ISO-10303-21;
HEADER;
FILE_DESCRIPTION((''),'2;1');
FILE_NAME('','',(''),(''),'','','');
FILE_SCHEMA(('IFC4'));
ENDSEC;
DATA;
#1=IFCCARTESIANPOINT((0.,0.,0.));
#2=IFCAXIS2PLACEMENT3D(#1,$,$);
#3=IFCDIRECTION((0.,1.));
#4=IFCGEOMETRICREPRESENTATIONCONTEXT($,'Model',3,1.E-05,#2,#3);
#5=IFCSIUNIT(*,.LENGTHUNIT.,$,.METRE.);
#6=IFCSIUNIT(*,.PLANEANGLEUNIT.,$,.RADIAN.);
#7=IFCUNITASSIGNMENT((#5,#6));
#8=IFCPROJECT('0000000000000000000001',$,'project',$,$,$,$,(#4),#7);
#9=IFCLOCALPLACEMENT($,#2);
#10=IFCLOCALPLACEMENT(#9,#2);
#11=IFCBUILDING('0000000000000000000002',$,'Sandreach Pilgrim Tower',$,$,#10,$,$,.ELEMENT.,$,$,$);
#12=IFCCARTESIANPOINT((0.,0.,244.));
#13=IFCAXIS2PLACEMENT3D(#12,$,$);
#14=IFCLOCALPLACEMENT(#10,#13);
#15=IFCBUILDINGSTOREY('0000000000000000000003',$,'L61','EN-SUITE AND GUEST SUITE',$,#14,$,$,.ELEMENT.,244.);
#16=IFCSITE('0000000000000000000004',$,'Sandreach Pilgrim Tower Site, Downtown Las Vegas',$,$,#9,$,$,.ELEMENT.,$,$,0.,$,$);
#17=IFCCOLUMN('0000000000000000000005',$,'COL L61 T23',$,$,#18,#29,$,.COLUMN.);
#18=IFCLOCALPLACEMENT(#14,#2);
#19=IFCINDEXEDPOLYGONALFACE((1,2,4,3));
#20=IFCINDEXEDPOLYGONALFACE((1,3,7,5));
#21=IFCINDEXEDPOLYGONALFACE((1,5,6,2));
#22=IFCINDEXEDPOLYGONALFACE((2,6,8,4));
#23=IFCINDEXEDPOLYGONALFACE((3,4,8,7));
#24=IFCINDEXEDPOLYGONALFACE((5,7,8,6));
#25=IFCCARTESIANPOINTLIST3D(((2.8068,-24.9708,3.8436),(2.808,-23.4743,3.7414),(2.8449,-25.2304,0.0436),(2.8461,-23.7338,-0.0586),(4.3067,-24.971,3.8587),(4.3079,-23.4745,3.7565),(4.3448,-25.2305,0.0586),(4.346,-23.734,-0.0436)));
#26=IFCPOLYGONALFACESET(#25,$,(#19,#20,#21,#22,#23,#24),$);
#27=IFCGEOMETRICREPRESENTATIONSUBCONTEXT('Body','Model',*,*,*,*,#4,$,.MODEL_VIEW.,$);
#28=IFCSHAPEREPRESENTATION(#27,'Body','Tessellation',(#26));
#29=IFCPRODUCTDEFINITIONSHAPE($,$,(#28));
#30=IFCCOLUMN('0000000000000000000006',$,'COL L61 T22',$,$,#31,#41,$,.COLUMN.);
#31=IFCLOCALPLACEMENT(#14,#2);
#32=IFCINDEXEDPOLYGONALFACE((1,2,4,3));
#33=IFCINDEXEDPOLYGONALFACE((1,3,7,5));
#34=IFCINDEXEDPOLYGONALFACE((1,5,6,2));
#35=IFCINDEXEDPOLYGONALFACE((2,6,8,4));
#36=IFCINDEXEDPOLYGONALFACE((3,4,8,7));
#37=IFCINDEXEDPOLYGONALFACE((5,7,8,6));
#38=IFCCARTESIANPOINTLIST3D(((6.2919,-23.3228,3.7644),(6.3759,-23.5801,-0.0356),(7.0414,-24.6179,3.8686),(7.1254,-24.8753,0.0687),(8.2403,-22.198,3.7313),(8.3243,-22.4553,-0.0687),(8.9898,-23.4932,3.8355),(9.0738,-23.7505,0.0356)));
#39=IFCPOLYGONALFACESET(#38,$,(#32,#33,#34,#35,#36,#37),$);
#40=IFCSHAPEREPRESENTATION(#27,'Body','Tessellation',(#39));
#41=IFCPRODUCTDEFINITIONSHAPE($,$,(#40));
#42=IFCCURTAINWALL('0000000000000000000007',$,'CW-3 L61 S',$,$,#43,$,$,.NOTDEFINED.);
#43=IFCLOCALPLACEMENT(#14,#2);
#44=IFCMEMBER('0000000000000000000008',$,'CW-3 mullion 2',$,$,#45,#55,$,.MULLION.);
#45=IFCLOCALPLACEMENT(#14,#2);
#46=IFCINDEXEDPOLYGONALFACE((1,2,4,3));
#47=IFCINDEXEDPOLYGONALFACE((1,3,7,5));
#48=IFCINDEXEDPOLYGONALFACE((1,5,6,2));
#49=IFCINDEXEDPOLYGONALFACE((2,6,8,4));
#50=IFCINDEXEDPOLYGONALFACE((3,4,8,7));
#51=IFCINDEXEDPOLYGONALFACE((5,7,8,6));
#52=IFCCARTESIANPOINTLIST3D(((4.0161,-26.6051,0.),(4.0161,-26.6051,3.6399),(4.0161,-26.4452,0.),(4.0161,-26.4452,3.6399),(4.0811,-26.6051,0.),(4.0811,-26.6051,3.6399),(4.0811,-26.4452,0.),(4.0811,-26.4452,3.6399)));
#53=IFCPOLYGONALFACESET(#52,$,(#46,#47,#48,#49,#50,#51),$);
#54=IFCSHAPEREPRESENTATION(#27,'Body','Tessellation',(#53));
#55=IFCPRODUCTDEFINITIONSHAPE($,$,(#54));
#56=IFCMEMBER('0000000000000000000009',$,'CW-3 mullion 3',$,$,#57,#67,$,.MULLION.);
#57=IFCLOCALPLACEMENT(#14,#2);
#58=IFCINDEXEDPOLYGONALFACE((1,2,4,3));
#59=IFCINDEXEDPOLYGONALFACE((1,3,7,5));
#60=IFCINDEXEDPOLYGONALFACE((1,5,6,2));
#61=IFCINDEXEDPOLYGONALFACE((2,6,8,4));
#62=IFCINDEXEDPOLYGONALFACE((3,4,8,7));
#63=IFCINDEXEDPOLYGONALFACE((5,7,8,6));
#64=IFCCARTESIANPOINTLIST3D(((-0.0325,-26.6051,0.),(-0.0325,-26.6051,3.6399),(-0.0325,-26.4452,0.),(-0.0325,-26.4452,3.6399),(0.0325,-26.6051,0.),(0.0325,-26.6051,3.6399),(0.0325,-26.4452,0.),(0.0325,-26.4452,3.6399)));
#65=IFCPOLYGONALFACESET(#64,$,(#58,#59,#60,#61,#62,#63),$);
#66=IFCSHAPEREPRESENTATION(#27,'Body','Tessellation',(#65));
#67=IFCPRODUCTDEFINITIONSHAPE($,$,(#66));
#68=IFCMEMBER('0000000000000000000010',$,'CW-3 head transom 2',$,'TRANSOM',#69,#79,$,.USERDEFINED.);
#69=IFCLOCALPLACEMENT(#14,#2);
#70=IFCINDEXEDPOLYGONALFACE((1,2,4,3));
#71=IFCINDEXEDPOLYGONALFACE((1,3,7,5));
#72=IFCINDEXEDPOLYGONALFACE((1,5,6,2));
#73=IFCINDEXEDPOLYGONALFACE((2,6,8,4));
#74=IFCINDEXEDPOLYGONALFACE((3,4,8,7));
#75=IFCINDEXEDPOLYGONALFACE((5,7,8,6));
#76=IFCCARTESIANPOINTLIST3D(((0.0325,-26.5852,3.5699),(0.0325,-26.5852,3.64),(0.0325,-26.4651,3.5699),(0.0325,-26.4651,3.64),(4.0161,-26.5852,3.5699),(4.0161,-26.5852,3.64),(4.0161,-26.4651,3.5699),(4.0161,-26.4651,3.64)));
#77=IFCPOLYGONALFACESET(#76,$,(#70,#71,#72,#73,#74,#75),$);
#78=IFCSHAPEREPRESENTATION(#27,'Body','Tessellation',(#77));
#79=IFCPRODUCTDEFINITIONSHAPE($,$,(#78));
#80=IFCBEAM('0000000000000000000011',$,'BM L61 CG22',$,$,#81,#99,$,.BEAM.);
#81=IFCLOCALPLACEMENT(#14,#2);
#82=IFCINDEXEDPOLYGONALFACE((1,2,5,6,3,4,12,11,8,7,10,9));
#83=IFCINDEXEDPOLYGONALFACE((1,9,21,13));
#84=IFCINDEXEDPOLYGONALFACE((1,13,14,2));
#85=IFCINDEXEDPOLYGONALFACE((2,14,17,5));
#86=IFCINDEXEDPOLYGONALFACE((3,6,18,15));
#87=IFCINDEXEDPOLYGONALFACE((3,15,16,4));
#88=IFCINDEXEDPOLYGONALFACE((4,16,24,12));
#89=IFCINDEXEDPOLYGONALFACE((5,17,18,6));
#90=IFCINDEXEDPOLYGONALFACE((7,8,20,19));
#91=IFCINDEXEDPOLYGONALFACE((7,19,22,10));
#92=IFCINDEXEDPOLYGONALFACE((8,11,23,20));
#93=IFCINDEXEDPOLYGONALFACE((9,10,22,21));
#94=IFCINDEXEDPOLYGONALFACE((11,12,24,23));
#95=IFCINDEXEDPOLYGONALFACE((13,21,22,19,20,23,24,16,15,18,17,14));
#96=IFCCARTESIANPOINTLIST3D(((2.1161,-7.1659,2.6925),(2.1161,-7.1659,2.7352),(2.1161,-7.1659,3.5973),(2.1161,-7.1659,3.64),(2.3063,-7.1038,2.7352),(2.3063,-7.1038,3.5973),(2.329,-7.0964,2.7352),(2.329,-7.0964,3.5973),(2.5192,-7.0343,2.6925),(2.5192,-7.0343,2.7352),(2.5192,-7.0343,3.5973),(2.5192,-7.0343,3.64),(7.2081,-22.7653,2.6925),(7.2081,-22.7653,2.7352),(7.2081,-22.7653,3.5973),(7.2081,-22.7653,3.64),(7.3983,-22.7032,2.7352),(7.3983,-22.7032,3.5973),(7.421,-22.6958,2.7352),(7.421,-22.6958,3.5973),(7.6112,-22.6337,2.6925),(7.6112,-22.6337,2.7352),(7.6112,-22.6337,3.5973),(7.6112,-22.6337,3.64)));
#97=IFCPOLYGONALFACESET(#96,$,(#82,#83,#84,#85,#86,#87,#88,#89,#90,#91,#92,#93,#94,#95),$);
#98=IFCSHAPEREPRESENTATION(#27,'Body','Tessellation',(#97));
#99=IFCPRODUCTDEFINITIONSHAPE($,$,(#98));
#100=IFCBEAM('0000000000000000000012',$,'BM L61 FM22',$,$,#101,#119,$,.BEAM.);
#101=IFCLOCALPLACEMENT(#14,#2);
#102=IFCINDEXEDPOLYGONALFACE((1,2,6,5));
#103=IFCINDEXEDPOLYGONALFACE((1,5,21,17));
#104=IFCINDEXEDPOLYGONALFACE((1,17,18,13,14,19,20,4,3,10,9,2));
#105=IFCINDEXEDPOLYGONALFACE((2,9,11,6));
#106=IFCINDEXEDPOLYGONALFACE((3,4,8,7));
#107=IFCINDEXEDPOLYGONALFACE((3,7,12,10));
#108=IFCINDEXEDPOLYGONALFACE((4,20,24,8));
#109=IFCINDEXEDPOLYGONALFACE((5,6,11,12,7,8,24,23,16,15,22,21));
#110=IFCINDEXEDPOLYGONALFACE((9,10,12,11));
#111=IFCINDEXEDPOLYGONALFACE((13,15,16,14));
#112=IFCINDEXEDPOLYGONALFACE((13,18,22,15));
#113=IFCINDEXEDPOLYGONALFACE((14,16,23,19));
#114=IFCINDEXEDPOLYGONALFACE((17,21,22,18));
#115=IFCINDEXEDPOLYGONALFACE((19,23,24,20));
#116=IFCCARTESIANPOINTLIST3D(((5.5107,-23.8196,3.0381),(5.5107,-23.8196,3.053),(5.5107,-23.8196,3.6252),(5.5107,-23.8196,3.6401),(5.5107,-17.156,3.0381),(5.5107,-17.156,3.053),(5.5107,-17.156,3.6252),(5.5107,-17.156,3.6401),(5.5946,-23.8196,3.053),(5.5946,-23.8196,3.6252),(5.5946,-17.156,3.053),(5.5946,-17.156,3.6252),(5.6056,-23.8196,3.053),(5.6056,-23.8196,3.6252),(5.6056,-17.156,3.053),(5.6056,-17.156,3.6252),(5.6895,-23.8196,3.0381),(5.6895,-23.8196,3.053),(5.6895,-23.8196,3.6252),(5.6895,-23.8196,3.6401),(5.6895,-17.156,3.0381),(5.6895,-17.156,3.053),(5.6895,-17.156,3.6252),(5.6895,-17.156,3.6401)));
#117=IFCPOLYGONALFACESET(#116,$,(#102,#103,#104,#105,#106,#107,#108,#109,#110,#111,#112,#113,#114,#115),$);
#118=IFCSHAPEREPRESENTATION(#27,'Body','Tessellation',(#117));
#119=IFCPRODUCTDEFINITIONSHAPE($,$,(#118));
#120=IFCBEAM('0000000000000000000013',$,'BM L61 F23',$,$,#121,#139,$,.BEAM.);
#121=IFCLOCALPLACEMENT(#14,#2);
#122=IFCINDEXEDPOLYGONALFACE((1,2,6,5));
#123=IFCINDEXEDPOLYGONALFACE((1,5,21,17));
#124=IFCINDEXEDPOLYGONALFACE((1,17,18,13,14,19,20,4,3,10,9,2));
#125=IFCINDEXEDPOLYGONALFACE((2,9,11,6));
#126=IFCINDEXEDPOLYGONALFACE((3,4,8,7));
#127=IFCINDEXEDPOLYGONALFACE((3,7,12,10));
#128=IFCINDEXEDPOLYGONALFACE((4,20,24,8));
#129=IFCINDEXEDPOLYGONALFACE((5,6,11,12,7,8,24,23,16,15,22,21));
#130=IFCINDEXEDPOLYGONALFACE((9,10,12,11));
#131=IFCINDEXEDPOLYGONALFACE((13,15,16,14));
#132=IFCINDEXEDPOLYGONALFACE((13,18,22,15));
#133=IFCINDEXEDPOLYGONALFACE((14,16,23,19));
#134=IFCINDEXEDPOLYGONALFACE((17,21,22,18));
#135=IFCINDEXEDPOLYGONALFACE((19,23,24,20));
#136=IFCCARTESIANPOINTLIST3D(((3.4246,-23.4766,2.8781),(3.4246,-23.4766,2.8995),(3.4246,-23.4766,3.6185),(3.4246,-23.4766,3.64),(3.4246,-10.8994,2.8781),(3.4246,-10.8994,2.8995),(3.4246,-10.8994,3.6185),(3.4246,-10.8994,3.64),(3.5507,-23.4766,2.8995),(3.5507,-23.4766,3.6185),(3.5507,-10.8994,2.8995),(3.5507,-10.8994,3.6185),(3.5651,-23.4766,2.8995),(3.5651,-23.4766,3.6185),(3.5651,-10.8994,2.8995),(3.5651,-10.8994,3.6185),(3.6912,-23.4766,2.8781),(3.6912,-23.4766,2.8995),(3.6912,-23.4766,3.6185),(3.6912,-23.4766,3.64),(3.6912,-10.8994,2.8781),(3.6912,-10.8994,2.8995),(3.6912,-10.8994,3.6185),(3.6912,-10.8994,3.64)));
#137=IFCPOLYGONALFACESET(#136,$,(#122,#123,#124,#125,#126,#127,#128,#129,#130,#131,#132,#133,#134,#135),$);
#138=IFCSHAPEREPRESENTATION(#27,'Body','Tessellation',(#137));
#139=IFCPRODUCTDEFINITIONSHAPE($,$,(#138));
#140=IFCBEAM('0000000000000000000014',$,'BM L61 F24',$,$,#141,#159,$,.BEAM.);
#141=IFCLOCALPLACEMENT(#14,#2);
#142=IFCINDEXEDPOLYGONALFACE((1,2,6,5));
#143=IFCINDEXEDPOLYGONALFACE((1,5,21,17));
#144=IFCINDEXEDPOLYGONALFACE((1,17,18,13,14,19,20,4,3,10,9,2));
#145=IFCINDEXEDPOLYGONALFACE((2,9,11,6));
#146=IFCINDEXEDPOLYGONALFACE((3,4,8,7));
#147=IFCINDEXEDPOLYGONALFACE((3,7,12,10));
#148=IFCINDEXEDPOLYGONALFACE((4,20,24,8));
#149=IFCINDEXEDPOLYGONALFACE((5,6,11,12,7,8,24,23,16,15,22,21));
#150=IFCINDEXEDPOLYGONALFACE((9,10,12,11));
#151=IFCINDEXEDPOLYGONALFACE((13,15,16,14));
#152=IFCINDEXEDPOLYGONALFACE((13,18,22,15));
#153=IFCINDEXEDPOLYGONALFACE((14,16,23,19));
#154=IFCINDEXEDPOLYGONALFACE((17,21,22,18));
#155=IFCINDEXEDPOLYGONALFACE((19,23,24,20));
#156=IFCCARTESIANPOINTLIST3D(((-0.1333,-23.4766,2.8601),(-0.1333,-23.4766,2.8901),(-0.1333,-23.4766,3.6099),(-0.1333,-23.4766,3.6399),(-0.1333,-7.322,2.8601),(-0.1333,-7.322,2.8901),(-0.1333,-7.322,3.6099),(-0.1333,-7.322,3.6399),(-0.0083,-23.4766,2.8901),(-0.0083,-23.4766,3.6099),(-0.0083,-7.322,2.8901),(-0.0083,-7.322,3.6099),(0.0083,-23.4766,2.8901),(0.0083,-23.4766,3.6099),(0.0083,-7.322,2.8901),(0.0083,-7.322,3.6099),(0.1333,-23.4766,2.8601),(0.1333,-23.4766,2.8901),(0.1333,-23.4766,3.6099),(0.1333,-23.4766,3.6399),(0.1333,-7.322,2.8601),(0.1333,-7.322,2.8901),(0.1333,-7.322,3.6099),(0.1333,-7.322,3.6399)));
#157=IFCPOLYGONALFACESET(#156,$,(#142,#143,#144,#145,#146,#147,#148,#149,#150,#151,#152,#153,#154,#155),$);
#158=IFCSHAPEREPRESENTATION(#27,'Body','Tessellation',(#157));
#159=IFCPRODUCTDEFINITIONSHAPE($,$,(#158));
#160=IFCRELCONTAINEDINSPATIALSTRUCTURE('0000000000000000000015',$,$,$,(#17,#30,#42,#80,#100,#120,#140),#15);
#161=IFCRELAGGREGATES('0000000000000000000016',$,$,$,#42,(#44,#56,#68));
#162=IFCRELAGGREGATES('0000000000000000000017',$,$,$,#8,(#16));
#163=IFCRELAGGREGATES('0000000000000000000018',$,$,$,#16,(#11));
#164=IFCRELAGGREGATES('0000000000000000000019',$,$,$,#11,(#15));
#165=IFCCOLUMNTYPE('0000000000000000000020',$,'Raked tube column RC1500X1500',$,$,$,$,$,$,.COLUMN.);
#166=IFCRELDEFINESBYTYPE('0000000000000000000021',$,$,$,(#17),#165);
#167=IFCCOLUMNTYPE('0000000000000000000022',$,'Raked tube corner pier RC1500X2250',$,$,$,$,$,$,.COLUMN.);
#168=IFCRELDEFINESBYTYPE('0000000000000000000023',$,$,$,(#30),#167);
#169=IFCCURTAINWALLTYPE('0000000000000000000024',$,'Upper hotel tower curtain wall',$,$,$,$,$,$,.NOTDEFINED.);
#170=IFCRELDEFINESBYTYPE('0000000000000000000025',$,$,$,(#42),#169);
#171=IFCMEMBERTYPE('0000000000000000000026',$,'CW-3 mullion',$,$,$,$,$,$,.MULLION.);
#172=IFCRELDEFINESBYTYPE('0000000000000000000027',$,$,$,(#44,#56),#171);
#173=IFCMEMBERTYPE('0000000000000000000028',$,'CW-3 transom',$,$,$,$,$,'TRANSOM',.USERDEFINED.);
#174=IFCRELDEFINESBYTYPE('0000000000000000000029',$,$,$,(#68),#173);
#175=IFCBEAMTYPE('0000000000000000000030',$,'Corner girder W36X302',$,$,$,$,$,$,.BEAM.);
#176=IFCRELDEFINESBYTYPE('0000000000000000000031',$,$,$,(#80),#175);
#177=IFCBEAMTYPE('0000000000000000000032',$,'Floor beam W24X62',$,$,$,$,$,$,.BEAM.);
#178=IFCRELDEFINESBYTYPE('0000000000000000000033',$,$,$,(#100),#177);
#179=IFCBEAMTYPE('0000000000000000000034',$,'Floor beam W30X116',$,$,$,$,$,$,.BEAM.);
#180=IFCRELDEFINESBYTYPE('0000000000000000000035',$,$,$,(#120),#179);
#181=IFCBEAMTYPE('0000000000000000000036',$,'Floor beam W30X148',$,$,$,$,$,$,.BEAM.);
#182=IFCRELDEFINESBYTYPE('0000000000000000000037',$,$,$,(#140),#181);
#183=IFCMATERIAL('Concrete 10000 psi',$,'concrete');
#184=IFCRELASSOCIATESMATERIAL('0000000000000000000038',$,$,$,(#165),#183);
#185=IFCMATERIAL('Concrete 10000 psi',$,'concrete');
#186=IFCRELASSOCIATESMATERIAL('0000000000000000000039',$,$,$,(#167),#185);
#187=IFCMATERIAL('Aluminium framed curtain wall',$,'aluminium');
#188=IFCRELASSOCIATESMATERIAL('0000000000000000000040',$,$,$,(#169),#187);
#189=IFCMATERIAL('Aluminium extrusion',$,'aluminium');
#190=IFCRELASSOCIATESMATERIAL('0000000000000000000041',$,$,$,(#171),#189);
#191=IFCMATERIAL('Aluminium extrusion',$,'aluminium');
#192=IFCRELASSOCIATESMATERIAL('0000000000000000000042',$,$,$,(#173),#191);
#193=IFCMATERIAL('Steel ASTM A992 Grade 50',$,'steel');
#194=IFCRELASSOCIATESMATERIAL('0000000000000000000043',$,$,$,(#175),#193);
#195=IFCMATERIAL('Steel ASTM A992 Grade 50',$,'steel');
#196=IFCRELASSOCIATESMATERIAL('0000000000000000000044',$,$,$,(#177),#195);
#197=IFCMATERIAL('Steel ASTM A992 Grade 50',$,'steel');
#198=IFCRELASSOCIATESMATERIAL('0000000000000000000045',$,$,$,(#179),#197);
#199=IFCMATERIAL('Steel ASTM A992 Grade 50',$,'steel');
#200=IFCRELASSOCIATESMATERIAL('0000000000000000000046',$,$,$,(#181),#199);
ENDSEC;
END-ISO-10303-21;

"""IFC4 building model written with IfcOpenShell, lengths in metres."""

from ifc_helpers import new_model, si_unit, direction, frame, origin, origin_2d, place, context, subcontext, project, spatial, rectangle, i_section, extrude, material, material_profile, profile_set, type_object, element, aggregate, save


model = new_model("IFC4")

# Units and contexts
model_context = context("Model", 3, precision=1e-05, world=origin(), true_north=direction((0.0, 1.0)))
body_context = subcontext(model_context, "Body", "Model", "MODEL_VIEW")
ifc_project = project(units=[si_unit("LENGTHUNIT", "METRE"), si_unit("PLANEANGLEUNIT", "RADIAN")], contexts=[model_context])

# Site, building, storey
site_placement = place(None, origin())
site = spatial("IfcSite", under=ifc_project, at=site_placement, Name="Sandreach Pilgrim Tower Site, Downtown Las Vegas", CompositionType="ELEMENT", RefElevation=0.0)
building_placement = place(site_placement, origin())
building = spatial("IfcBuilding", under=site, at=building_placement, Name="Sandreach Pilgrim Tower", CompositionType="ELEMENT")
storey_placement = place(building_placement, frame((0.0, 0.0, 244.0)))
storey = spatial("IfcBuildingStorey", under=building, at=storey_placement, Name="L61", Description="EN-SUITE AND GUEST SUITE", CompositionType="ELEMENT", Elevation=244.0)

# Columns
ifc_material_1 = material(Name="Concrete 10000 psi", Category="concrete")
ifc_material_profile_1 = material_profile(ifc_material_1, rectangle(XDim=1.5, YDim=1.5, at=origin_2d()), Name="RC1500X1500")
ifc_profile_set_1 = profile_set([ifc_material_profile_1], Name="Concrete 10000 psi")
column_type_1 = type_object("IfcColumnType", Name="Raked tube column RC1500X1500", PredefinedType="COLUMN", material=ifc_profile_set_1)
column_1_placement = place(storey_placement, frame((3.5955, -24.4822, 0.0), z_axis=(-0.009999, 0.068132, 0.997626), x_axis=(-0.000785, -0.997676, 0.068128)))
element("IfcColumn", 1, at=column_1_placement, inside=storey, type_object=column_type_1, Name="COL L61 T23", PredefinedType="COLUMN", context=body_context, shape_type="SweptSolid", body=[
    extrude(rectangle(XDim=1.5, YDim=1.5, at=origin_2d()), origin(), (0.0, 0.0, 1.0), 3.8091),
])
ifc_material_2 = material(Name="Concrete 10000 psi", Category="concrete")
ifc_material_profile_2 = material_profile(ifc_material_2, rectangle(XDim=1.5, YDim=2.25, at=origin_2d()), Name="RC1500X2250")
ifc_profile_set_2 = profile_set([ifc_material_profile_2], Name="Concrete 10000 psi")
column_type_2 = type_object("IfcColumnType", Name="Raked tube corner pier RC1500X2250", PredefinedType="COLUMN", material=ifc_profile_set_2)
column_2_placement = place(storey_placement, frame((7.7249, -23.6653, 0.0), z_axis=(-0.022045, 0.067545, 0.997473), x_axis=(0.499636, -0.863442, 0.069511)))
element("IfcColumn", 2, at=column_2_placement, inside=storey, type_object=column_type_2, Name="COL L61 T22", PredefinedType="COLUMN", context=body_context, shape_type="SweptSolid", body=[
    extrude(rectangle(XDim=1.5, YDim=2.25, at=origin_2d()), origin(), (0.0, 0.0, 1.0), 3.8096),
])

# Curtain wall, members
ifc_material_3 = material(Name="Aluminium framed curtain wall", Category="aluminium")
curtain_wall_type = type_object("IfcCurtainWallType", Name="Upper hotel tower curtain wall", PredefinedType="NOTDEFINED", material=ifc_material_3)
curtain_wall_placement = place(storey_placement, origin())
curtain_wall = element("IfcCurtainWall", 3, at=curtain_wall_placement, inside=storey, type_object=curtain_wall_type, Name="CW-3 L61 S", PredefinedType="NOTDEFINED")
ifc_material_4 = material(Name="Aluminium extrusion", Category="aluminium")
ifc_material_profile_3 = material_profile(ifc_material_4, rectangle(XDim=0.0649, YDim=0.1599, at=origin_2d()), Name="CW-3M 65X160")
ifc_profile_set_3 = profile_set([ifc_material_profile_3], Name="Aluminium extrusion")
member_type_1 = type_object("IfcMemberType", Name="CW-3 mullion", PredefinedType="MULLION", material=ifc_profile_set_3)
member_1_placement = place(storey_placement, frame((4.0486, -26.5251, 0.0), z_axis=(0.0, 0.0, 1.0), x_axis=(-1.0, 0.0, 0.0)))
member_1 = element("IfcMember", 4, at=member_1_placement, type_object=member_type_1, Name="CW-3 mullion 2", PredefinedType="MULLION", context=body_context, shape_type="SweptSolid", body=[
    extrude(rectangle(XDim=0.0649, YDim=0.1599, at=origin_2d()), origin(), (0.0, 0.0, 1.0), 3.6399),
])
member_2_placement = place(storey_placement, frame((0.0, -26.5251, 0.0), z_axis=(0.0, 0.0, 1.0), x_axis=(-1.0, 0.0, 0.0)))
member_2 = element("IfcMember", 5, at=member_2_placement, type_object=member_type_1, Name="CW-3 mullion 3", PredefinedType="MULLION", context=body_context, shape_type="SweptSolid", body=[
    extrude(rectangle(XDim=0.0649, YDim=0.1599, at=origin_2d()), origin(), (0.0, 0.0, 1.0), 3.6399),
])
ifc_material_5 = material(Name="Aluminium extrusion", Category="aluminium")
ifc_material_profile_4 = material_profile(ifc_material_5, rectangle(XDim=0.1201, YDim=0.0701, at=origin_2d()), Name="CW-3T 120X70")
ifc_profile_set_4 = profile_set([ifc_material_profile_4], Name="Aluminium extrusion")
member_type_2 = type_object("IfcMemberType", Name="CW-3 transom", ElementType="TRANSOM", PredefinedType="USERDEFINED", material=ifc_profile_set_4)
member_3_placement = place(storey_placement, frame((4.0161, -26.5251, 3.605), z_axis=(-1.0, 0.0, 0.0), x_axis=(0.0, -1.0, 0.0)))
member_3 = element("IfcMember", 6, at=member_3_placement, type_object=member_type_2, Name="CW-3 head transom 2", ObjectType="TRANSOM", PredefinedType="USERDEFINED", context=body_context, shape_type="SweptSolid", body=[
    extrude(rectangle(XDim=0.1201, YDim=0.0701, at=origin_2d()), origin(), (0.0, 0.0, 1.0), 3.9836),
])

# Beams
ifc_material_6 = material(Name="Steel ASTM A992 Grade 50", Category="steel")
ifc_material_profile_5 = material_profile(ifc_material_6, i_section(OverallWidth=0.4241, OverallDepth=0.9475, WebThickness=0.0239, FlangeThickness=0.0427, at=origin_2d()), Name="W36X302")
ifc_profile_set_5 = profile_set([ifc_material_profile_5], Name="Steel ASTM A992 Grade 50")
beam_type_1 = type_object("IfcBeamType", Name="Corner girder W36X302", PredefinedType="BEAM", material=ifc_profile_set_5)
beam_1_placement = place(storey_placement, frame((7.4097, -22.6995, 3.1663), z_axis=(-0.310312, 0.950635, 0.0), x_axis=(-0.950635, -0.310312, 0.0)))
element("IfcBeam", 7, at=beam_1_placement, inside=storey, type_object=beam_type_1, Name="BM L61 CG22", PredefinedType="BEAM", context=body_context, shape_type="SweptSolid", body=[
    extrude(i_section(OverallWidth=0.4241, OverallDepth=0.9475, WebThickness=0.0239, FlangeThickness=0.0427, at=origin_2d()), origin(), (0.0, 0.0, 1.0), 16.4094),
])
ifc_material_7 = material(Name="Steel ASTM A992 Grade 50", Category="steel")
ifc_material_profile_6 = material_profile(ifc_material_7, i_section(OverallWidth=0.1787, OverallDepth=0.6021, WebThickness=0.011, FlangeThickness=0.0149, at=origin_2d()), Name="W24X62")
ifc_profile_set_6 = profile_set([ifc_material_profile_6], Name="Steel ASTM A992 Grade 50")
beam_type_2 = type_object("IfcBeamType", Name="Floor beam W24X62", PredefinedType="BEAM", material=ifc_profile_set_6)
beam_2_placement = place(storey_placement, frame((5.6001, -23.8196, 3.3391), z_axis=(0.0, 1.0, 0.0), x_axis=(-1.0, 0.0, 0.0)))
element("IfcBeam", 8, at=beam_2_placement, inside=storey, type_object=beam_type_2, Name="BM L61 FM22", PredefinedType="BEAM", context=body_context, shape_type="SweptSolid", body=[
    extrude(i_section(OverallWidth=0.1787, OverallDepth=0.6021, WebThickness=0.011, FlangeThickness=0.0149, at=origin_2d()), origin(), (0.0, 0.0, 1.0), 6.6636),
])
ifc_material_8 = material(Name="Steel ASTM A992 Grade 50", Category="steel")
ifc_material_profile_7 = material_profile(ifc_material_8, i_section(OverallWidth=0.2666, OverallDepth=0.762, WebThickness=0.0144, FlangeThickness=0.0215, at=origin_2d()), Name="W30X116")
ifc_profile_set_7 = profile_set([ifc_material_profile_7], Name="Steel ASTM A992 Grade 50")
beam_type_3 = type_object("IfcBeamType", Name="Floor beam W30X116", PredefinedType="BEAM", material=ifc_profile_set_7)
beam_3_placement = place(storey_placement, frame((3.5579, -23.4766, 3.259), z_axis=(0.0, 1.0, 0.0), x_axis=(-1.0, 0.0, 0.0)))
element("IfcBeam", 9, at=beam_3_placement, inside=storey, type_object=beam_type_3, Name="BM L61 F23", PredefinedType="BEAM", context=body_context, shape_type="SweptSolid", body=[
    extrude(i_section(OverallWidth=0.2666, OverallDepth=0.762, WebThickness=0.0144, FlangeThickness=0.0215, at=origin_2d()), origin(), (0.0, 0.0, 1.0), 12.5771),
])
ifc_material_9 = material(Name="Steel ASTM A992 Grade 50", Category="steel")
ifc_material_profile_8 = material_profile(ifc_material_9, i_section(OverallWidth=0.2666, OverallDepth=0.7798, WebThickness=0.0166, FlangeThickness=0.03, at=origin_2d()), Name="W30X148")
ifc_profile_set_8 = profile_set([ifc_material_profile_8], Name="Steel ASTM A992 Grade 50")
beam_type_4 = type_object("IfcBeamType", Name="Floor beam W30X148", PredefinedType="BEAM", material=ifc_profile_set_8)
beam_4_placement = place(storey_placement, frame((0.0, -23.4766, 3.25), z_axis=(0.0, 1.0, 0.0), x_axis=(-1.0, 0.0, 0.0)))
element("IfcBeam", 10, at=beam_4_placement, inside=storey, type_object=beam_type_4, Name="BM L61 F24", PredefinedType="BEAM", context=body_context, shape_type="SweptSolid", body=[
    extrude(i_section(OverallWidth=0.2666, OverallDepth=0.7798, WebThickness=0.0166, FlangeThickness=0.03, at=origin_2d()), origin(), (0.0, 0.0, 1.0), 16.1545),
])

aggregate(curtain_wall, [member_1, member_2, member_3])

save(model, "model.ifc")
